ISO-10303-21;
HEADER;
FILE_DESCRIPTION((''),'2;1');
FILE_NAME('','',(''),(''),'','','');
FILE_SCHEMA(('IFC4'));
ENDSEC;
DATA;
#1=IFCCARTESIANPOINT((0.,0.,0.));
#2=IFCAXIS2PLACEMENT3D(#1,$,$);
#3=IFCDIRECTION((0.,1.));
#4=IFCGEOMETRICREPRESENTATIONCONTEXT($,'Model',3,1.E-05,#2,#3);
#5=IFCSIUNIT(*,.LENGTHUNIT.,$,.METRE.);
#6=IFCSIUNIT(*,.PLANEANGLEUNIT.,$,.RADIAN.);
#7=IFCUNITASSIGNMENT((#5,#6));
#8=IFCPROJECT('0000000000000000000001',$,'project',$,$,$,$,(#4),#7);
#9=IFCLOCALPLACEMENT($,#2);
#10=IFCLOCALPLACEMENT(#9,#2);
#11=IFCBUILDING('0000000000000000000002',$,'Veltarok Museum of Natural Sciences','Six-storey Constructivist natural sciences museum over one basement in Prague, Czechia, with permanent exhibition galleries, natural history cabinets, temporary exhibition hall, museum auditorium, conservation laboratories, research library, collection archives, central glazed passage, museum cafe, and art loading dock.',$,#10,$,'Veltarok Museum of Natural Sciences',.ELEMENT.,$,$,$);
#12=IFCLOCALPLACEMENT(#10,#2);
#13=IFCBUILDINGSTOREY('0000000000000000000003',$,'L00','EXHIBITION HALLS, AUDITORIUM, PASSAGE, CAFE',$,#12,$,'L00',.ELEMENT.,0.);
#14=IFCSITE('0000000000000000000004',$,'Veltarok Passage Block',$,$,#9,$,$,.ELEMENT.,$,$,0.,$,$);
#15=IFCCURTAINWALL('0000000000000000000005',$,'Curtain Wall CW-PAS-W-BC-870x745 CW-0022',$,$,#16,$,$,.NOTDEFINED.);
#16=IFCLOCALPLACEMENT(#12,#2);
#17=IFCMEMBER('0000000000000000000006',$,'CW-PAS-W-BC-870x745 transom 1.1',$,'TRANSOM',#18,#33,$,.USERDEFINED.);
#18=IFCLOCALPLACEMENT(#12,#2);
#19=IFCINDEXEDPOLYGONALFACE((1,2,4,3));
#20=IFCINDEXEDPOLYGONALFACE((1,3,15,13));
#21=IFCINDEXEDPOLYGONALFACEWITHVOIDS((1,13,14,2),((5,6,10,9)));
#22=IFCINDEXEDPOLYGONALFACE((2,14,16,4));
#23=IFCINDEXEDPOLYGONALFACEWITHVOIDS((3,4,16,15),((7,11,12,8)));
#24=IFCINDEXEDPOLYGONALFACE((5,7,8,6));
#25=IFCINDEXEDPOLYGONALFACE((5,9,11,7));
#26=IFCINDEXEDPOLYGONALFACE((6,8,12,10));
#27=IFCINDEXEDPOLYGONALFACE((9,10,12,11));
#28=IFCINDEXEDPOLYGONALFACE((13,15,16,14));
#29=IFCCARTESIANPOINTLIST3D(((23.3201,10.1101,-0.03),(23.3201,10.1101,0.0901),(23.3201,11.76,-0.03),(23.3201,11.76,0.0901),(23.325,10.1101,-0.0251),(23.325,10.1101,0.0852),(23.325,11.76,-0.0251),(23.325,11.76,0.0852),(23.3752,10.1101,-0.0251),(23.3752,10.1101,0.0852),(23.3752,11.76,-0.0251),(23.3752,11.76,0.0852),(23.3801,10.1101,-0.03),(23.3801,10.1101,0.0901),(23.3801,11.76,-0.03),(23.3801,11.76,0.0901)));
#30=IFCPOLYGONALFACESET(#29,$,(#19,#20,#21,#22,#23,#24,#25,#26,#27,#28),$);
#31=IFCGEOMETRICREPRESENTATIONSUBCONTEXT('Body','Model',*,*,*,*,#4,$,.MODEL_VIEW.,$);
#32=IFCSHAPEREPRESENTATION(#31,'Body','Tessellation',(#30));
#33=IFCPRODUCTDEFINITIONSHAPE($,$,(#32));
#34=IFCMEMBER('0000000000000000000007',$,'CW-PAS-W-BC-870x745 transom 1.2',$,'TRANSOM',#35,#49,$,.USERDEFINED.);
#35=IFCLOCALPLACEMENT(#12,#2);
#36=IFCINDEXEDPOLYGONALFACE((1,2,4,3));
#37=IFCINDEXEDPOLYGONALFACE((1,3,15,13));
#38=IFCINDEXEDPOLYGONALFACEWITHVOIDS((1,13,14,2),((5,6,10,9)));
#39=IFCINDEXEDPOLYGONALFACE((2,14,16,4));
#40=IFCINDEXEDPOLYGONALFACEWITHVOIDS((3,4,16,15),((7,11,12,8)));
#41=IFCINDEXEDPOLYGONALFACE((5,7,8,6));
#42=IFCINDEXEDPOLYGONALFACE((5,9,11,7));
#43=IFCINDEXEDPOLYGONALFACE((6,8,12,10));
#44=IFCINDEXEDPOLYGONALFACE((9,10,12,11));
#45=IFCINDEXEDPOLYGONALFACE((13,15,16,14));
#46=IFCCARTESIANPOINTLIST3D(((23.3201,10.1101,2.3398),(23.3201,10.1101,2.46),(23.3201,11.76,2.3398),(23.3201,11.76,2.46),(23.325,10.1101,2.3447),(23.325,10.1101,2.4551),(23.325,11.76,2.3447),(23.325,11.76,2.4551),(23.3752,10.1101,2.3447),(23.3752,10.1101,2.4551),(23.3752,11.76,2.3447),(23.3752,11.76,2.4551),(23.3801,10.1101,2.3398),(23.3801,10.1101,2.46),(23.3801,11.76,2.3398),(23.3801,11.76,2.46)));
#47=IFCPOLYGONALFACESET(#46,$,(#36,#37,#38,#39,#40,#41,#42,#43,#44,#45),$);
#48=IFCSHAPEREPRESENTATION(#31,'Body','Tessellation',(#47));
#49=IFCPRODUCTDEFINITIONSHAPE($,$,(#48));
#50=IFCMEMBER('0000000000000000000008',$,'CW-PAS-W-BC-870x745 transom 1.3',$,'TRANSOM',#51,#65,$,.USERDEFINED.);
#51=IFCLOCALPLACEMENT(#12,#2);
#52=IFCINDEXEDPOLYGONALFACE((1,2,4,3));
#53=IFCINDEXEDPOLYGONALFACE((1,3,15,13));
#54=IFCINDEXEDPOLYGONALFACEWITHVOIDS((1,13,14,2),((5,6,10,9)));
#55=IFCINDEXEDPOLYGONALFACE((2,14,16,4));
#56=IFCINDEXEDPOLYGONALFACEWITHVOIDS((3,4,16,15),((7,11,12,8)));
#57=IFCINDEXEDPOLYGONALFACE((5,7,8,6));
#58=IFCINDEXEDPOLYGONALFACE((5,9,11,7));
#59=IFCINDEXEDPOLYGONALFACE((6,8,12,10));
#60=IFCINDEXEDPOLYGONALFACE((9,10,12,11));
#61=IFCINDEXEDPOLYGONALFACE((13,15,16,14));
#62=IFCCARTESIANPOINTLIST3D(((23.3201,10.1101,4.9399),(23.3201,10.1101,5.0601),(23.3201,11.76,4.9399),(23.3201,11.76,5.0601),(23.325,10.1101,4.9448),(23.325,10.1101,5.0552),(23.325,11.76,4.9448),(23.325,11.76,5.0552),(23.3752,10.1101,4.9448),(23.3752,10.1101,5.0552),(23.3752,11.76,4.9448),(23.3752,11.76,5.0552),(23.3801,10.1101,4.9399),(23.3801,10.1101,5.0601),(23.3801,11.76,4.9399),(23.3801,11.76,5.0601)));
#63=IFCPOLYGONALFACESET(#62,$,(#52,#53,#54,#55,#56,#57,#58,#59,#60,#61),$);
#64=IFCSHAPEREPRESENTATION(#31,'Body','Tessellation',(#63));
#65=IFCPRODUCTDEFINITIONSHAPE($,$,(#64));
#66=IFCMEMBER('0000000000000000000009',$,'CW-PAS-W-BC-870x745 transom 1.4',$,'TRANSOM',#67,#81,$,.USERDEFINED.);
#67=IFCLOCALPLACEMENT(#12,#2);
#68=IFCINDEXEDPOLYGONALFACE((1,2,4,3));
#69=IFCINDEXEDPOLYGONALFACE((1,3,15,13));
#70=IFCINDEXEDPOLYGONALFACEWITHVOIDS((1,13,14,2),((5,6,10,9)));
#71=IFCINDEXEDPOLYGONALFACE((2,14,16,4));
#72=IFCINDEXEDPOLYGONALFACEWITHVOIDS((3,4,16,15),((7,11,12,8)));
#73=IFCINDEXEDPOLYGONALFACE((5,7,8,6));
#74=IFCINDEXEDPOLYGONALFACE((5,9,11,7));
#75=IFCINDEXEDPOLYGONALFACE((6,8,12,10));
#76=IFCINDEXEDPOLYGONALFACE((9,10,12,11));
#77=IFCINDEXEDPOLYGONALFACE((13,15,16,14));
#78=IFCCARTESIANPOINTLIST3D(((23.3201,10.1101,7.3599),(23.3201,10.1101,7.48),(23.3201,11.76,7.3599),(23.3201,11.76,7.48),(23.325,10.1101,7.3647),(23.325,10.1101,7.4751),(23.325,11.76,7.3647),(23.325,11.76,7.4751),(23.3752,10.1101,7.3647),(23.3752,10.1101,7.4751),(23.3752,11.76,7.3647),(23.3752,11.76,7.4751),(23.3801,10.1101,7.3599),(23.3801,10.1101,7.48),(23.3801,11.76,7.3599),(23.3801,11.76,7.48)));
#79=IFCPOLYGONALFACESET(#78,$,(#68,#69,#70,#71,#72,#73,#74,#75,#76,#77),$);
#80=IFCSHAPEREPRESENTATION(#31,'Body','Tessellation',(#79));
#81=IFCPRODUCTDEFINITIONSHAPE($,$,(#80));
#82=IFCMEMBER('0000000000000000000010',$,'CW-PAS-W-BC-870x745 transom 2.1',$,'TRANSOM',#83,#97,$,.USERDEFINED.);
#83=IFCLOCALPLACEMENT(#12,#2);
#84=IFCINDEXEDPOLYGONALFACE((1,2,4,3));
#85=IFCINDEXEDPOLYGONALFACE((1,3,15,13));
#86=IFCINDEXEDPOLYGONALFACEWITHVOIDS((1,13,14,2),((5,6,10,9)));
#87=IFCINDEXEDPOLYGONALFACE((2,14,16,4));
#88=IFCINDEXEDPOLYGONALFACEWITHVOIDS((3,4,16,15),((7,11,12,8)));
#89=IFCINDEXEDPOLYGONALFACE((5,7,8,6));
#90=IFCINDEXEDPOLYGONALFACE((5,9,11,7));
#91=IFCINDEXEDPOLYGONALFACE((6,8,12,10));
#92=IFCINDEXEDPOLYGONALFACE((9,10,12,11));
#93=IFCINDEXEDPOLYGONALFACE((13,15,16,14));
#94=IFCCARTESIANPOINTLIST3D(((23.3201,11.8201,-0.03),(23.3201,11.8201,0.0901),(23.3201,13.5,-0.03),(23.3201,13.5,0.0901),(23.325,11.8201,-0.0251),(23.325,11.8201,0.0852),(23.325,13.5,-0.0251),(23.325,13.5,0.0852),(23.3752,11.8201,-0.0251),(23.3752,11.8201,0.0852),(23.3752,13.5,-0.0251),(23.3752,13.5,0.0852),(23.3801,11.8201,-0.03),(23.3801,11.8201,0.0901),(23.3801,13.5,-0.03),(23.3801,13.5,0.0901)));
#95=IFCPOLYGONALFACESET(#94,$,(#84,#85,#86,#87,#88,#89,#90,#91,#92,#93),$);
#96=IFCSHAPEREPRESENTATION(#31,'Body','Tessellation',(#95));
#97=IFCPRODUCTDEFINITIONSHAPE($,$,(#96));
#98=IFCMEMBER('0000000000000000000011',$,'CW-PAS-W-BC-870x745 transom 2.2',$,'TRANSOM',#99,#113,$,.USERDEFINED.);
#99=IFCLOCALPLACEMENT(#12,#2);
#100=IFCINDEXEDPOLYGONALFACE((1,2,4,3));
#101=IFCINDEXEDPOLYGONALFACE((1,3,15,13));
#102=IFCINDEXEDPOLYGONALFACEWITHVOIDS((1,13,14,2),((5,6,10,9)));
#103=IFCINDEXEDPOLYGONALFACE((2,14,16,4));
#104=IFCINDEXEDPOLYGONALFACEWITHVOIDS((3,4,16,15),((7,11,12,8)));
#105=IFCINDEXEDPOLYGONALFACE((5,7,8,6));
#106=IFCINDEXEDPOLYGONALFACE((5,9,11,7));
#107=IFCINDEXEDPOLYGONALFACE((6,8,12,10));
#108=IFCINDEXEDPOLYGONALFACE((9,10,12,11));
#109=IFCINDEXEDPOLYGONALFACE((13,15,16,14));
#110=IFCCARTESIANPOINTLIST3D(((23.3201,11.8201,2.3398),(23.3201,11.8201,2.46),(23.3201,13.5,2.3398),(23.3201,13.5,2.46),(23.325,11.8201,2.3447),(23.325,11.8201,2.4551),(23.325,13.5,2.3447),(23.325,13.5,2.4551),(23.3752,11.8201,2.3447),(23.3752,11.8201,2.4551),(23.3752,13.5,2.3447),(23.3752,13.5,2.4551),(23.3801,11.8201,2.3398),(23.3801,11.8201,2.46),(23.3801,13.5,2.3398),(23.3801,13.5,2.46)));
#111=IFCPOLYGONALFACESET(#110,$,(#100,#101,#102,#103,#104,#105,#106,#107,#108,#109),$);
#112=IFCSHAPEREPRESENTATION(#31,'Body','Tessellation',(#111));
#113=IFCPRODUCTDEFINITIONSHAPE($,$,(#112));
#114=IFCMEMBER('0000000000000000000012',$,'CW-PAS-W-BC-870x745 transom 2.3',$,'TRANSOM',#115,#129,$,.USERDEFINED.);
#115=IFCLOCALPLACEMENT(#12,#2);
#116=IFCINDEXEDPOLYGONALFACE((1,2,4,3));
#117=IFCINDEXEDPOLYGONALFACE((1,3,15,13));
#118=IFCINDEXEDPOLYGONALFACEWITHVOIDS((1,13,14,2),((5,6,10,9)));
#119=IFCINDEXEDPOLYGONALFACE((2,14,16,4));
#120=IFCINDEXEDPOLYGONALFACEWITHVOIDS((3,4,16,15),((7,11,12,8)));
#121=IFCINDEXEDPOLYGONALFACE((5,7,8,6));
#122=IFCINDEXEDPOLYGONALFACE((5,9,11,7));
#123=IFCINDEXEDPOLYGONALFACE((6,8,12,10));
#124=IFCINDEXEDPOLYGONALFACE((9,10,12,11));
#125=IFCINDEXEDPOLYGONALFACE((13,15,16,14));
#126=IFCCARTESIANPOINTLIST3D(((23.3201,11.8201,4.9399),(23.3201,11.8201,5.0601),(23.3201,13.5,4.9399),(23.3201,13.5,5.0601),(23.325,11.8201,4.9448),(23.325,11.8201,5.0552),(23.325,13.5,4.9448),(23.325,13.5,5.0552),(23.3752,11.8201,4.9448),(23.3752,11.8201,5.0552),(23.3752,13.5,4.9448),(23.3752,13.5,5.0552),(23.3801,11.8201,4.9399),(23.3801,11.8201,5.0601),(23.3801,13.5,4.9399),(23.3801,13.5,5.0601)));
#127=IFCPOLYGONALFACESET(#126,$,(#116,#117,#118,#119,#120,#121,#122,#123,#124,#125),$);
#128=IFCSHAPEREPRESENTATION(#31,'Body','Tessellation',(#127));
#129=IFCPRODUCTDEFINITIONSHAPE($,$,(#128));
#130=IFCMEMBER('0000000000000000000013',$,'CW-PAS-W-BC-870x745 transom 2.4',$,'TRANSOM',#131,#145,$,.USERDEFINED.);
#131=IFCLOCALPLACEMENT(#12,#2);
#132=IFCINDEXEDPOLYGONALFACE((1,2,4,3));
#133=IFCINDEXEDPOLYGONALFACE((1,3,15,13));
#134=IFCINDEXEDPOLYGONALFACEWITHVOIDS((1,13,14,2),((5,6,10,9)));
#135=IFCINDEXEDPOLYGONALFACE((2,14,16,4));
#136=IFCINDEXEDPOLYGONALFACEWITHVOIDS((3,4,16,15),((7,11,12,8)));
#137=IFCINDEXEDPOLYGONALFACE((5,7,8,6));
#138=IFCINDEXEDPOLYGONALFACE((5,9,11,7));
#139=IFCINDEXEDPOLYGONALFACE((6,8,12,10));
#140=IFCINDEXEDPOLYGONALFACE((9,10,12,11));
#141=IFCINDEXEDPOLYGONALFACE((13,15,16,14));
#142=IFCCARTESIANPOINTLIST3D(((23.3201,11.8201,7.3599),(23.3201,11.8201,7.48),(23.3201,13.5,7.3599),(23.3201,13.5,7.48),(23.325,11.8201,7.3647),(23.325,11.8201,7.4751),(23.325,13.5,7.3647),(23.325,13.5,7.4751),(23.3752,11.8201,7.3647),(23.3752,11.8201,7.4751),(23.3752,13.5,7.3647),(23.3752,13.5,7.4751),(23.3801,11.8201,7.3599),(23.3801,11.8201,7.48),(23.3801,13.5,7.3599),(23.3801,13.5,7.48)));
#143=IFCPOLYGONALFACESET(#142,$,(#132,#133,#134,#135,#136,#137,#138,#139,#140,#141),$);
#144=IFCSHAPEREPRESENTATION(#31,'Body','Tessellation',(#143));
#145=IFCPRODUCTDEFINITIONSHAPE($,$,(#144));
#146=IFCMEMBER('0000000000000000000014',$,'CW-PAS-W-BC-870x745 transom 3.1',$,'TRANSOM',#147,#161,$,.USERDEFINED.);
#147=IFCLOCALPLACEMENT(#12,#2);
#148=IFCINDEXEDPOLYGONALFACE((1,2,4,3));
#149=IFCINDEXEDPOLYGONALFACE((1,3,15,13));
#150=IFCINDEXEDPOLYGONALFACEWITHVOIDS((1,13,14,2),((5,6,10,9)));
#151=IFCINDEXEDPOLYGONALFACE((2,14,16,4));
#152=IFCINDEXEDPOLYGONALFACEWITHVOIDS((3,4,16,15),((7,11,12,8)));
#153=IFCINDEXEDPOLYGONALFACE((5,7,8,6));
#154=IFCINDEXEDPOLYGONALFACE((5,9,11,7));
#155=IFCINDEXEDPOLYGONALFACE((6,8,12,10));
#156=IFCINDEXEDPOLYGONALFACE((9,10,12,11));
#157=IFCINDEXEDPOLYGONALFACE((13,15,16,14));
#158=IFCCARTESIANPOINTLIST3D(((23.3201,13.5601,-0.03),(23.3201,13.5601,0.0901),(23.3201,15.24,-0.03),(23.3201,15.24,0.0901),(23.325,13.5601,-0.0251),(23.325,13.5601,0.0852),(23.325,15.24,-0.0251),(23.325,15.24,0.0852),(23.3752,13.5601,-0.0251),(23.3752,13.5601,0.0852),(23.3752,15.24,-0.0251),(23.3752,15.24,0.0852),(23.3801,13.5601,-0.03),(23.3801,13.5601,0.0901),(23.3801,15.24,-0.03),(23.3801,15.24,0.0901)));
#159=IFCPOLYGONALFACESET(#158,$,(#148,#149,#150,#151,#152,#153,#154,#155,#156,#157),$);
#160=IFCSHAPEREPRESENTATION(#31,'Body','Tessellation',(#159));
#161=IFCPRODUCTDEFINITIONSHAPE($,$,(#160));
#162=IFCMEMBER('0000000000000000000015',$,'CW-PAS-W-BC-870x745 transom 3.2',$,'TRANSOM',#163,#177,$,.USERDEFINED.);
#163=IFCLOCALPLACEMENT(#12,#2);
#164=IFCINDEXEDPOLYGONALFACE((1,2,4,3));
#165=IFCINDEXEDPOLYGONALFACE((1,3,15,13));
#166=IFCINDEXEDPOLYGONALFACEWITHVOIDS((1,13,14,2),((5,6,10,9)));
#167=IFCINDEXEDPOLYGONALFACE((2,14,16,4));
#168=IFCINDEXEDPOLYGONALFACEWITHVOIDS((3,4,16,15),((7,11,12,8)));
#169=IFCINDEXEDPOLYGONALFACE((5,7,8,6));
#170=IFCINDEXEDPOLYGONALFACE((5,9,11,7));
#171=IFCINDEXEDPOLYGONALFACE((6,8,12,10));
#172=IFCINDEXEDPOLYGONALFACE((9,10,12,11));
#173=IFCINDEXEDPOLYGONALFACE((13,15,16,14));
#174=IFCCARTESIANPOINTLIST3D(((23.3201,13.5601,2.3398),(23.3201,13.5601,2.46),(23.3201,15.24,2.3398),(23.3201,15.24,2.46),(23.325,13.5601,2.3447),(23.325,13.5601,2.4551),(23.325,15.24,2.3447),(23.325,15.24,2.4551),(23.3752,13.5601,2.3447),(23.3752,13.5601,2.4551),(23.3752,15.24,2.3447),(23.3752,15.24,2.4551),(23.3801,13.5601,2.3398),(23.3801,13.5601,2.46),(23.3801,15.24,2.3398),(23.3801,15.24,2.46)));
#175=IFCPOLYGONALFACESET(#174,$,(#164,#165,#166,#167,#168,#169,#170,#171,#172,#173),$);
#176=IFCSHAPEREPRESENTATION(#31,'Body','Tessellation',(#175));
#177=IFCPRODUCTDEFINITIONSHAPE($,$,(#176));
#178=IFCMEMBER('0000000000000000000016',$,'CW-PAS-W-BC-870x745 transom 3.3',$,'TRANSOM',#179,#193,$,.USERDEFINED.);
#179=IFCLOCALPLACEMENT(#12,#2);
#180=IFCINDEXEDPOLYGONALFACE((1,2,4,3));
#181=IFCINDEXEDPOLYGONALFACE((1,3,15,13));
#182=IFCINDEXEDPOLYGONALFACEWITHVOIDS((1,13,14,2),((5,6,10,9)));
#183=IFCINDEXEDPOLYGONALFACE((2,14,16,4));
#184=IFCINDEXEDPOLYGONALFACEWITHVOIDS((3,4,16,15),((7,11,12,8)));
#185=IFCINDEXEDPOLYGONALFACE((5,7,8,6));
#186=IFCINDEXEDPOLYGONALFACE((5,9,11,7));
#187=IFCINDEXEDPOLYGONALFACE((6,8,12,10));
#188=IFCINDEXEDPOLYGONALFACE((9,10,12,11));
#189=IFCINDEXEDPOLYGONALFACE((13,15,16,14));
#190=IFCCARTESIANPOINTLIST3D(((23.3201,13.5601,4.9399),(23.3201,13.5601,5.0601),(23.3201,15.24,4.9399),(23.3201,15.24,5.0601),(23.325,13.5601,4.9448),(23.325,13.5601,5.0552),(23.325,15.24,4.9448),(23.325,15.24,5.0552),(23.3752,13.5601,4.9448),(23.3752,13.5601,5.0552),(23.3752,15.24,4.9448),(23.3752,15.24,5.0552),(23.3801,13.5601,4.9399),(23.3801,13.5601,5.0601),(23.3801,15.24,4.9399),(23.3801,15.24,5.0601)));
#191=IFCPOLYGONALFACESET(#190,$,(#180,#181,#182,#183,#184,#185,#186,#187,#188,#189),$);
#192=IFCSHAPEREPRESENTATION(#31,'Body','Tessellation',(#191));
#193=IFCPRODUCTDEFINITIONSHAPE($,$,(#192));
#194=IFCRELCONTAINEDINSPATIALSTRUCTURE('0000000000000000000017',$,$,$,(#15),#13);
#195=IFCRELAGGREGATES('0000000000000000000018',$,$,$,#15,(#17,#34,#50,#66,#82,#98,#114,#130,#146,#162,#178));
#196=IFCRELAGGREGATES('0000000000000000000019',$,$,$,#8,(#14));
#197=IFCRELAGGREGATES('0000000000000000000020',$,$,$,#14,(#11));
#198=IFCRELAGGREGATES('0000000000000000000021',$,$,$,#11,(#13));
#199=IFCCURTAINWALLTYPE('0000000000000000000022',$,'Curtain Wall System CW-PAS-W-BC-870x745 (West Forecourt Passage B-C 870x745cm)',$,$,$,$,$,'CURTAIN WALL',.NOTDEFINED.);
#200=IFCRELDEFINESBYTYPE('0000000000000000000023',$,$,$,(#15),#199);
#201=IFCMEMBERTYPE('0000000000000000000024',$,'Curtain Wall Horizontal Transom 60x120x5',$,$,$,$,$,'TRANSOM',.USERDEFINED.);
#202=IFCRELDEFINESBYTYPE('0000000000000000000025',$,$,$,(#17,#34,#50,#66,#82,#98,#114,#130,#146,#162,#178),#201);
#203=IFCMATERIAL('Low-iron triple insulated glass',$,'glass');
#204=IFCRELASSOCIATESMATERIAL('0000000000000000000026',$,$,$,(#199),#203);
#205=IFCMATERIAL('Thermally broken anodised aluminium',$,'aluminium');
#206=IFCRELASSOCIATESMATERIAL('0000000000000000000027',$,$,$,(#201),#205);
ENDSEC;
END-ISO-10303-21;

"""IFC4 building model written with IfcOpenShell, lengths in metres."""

from ifc_helpers import new_model, si_unit, direction, frame, origin, origin_2d, place, context, subcontext, project, spatial, hollow_rectangle, extrude, material, material_profile, profile_set, type_object, element, aggregate, save


model = new_model("IFC4")

# Units and contexts
model_context = context("Model", 3, precision=1e-05, world=origin(), true_north=direction((0.0, 1.0)))
body_context = subcontext(model_context, "Body", "Model", "MODEL_VIEW")
ifc_project = project(units=[si_unit("LENGTHUNIT", "METRE"), si_unit("PLANEANGLEUNIT", "RADIAN")], contexts=[model_context])

# Site, building, storey
site_placement = place(None, origin())
site = spatial("IfcSite", under=ifc_project, at=site_placement, Name="Veltarok Passage Block", CompositionType="ELEMENT", RefElevation=0.0)
building_placement = place(site_placement, origin())
building = spatial("IfcBuilding", under=site, at=building_placement, Name="Veltarok Museum of Natural Sciences", Description="Six-storey Constructivist natural sciences museum over one basement in Prague, Czechia, with permanent exhibition galleries, natural history cabinets, temporary exhibition hall, museum auditorium, conservation laboratories, research library, collection archives, central glazed passage, museum cafe, and art loading dock.", LongName="Veltarok Museum of Natural Sciences", CompositionType="ELEMENT")
storey_placement = place(building_placement, origin())
storey = spatial("IfcBuildingStorey", under=building, at=storey_placement, Name="L00", Description="EXHIBITION HALLS, AUDITORIUM, PASSAGE, CAFE", LongName="L00", CompositionType="ELEMENT", Elevation=0.0)

# Curtain wall, members
ifc_material_1 = material(Name="Low-iron triple insulated glass", Category="glass")
curtain_wall_type = type_object("IfcCurtainWallType", Name="Curtain Wall System CW-PAS-W-BC-870x745 (West Forecourt Passage B-C 870x745cm)", ElementType="CURTAIN WALL", PredefinedType="NOTDEFINED", material=ifc_material_1)
curtain_wall_placement = place(storey_placement, origin())
curtain_wall = element("IfcCurtainWall", 1, at=curtain_wall_placement, inside=storey, type_object=curtain_wall_type, Name="Curtain Wall CW-PAS-W-BC-870x745 CW-0022", PredefinedType="NOTDEFINED")
ifc_material_2 = material(Name="Thermally broken anodised aluminium", Category="aluminium")
ifc_material_profile_1 = material_profile(ifc_material_2, hollow_rectangle(XDim=0.0601, YDim=0.1201, WallThickness=0.0049, at=origin_2d()), Name="CW TRANSOM 60x120x5")
ifc_profile_set_1 = profile_set([ifc_material_profile_1], Name="Thermally broken anodised aluminium")
member_type_1 = type_object("IfcMemberType", Name="Curtain Wall Horizontal Transom 60x120x5", ElementType="TRANSOM", PredefinedType="USERDEFINED", material=ifc_profile_set_1)
member_1_placement = place(storey_placement, frame((23.3501, 10.1101, 0.03), z_axis=(0.0, 1.0, 0.0), x_axis=(-1.0, 0.0, 0.0)))
member_1 = element("IfcMember", 2, at=member_1_placement, type_object=member_type_1, Name="CW-PAS-W-BC-870x745 transom 1.1", ObjectType="TRANSOM", PredefinedType="USERDEFINED", context=body_context, shape_type="SweptSolid", body=[
    extrude(hollow_rectangle(XDim=0.0601, YDim=0.1201, WallThickness=0.0049, at=origin_2d()), origin(), (0.0, 0.0, 1.0), 1.6499),
])
member_2_placement = place(storey_placement, frame((23.3501, 10.1101, 2.3999), z_axis=(0.0, 1.0, 0.0), x_axis=(-1.0, 0.0, 0.0)))
member_2 = element("IfcMember", 3, at=member_2_placement, type_object=member_type_1, Name="CW-PAS-W-BC-870x745 transom 1.2", ObjectType="TRANSOM", PredefinedType="USERDEFINED", context=body_context, shape_type="SweptSolid", body=[
    extrude(hollow_rectangle(XDim=0.0601, YDim=0.1201, WallThickness=0.0049, at=origin_2d()), origin(), (0.0, 0.0, 1.0), 1.6499),
])
member_3_placement = place(storey_placement, frame((23.3501, 10.1101, 5.0), z_axis=(0.0, 1.0, 0.0), x_axis=(-1.0, 0.0, 0.0)))
member_3 = element("IfcMember", 4, at=member_3_placement, type_object=member_type_1, Name="CW-PAS-W-BC-870x745 transom 1.3", ObjectType="TRANSOM", PredefinedType="USERDEFINED", context=body_context, shape_type="SweptSolid", body=[
    extrude(hollow_rectangle(XDim=0.0601, YDim=0.1201, WallThickness=0.0049, at=origin_2d()), origin(), (0.0, 0.0, 1.0), 1.6499),
])
member_4_placement = place(storey_placement, frame((23.3501, 10.1101, 7.4199), z_axis=(0.0, 1.0, 0.0), x_axis=(-1.0, 0.0, 0.0)))
member_4 = element("IfcMember", 5, at=member_4_placement, type_object=member_type_1, Name="CW-PAS-W-BC-870x745 transom 1.4", ObjectType="TRANSOM", PredefinedType="USERDEFINED", context=body_context, shape_type="SweptSolid", body=[
    extrude(hollow_rectangle(XDim=0.0601, YDim=0.1201, WallThickness=0.0049, at=origin_2d()), origin(), (0.0, 0.0, 1.0), 1.6499),
])
member_5_placement = place(storey_placement, frame((23.3501, 11.8201, 0.03), z_axis=(0.0, 1.0, 0.0), x_axis=(-1.0, 0.0, 0.0)))
member_5 = element("IfcMember", 6, at=member_5_placement, type_object=member_type_1, Name="CW-PAS-W-BC-870x745 transom 2.1", ObjectType="TRANSOM", PredefinedType="USERDEFINED", context=body_context, shape_type="SweptSolid", body=[
    extrude(hollow_rectangle(XDim=0.0601, YDim=0.1201, WallThickness=0.0049, at=origin_2d()), origin(), (0.0, 0.0, 1.0), 1.6799),
])
member_6_placement = place(storey_placement, frame((23.3501, 11.8201, 2.3999), z_axis=(0.0, 1.0, 0.0), x_axis=(-1.0, 0.0, 0.0)))
member_6 = element("IfcMember", 7, at=member_6_placement, type_object=member_type_1, Name="CW-PAS-W-BC-870x745 transom 2.2", ObjectType="TRANSOM", PredefinedType="USERDEFINED", context=body_context, shape_type="SweptSolid", body=[
    extrude(hollow_rectangle(XDim=0.0601, YDim=0.1201, WallThickness=0.0049, at=origin_2d()), origin(), (0.0, 0.0, 1.0), 1.6799),
])
member_7_placement = place(storey_placement, frame((23.3501, 11.8201, 5.0), z_axis=(0.0, 1.0, 0.0), x_axis=(-1.0, 0.0, 0.0)))
member_7 = element("IfcMember", 8, at=member_7_placement, type_object=member_type_1, Name="CW-PAS-W-BC-870x745 transom 2.3", ObjectType="TRANSOM", PredefinedType="USERDEFINED", context=body_context, shape_type="SweptSolid", body=[
    extrude(hollow_rectangle(XDim=0.0601, YDim=0.1201, WallThickness=0.0049, at=origin_2d()), origin(), (0.0, 0.0, 1.0), 1.6799),
])
member_8_placement = place(storey_placement, frame((23.3501, 11.8201, 7.4199), z_axis=(0.0, 1.0, 0.0), x_axis=(-1.0, 0.0, 0.0)))
member_8 = element("IfcMember", 9, at=member_8_placement, type_object=member_type_1, Name="CW-PAS-W-BC-870x745 transom 2.4", ObjectType="TRANSOM", PredefinedType="USERDEFINED", context=body_context, shape_type="SweptSolid", body=[
    extrude(hollow_rectangle(XDim=0.0601, YDim=0.1201, WallThickness=0.0049, at=origin_2d()), origin(), (0.0, 0.0, 1.0), 1.6799),
])
member_9_placement = place(storey_placement, frame((23.3501, 13.5601, 0.03), z_axis=(0.0, 1.0, 0.0), x_axis=(-1.0, 0.0, 0.0)))
member_9 = element("IfcMember", 10, at=member_9_placement, type_object=member_type_1, Name="CW-PAS-W-BC-870x745 transom 3.1", ObjectType="TRANSOM", PredefinedType="USERDEFINED", context=body_context, shape_type="SweptSolid", body=[
    extrude(hollow_rectangle(XDim=0.0601, YDim=0.1201, WallThickness=0.0049, at=origin_2d()), origin(), (0.0, 0.0, 1.0), 1.6799),
])
member_10_placement = place(storey_placement, frame((23.3501, 13.5601, 2.3999), z_axis=(0.0, 1.0, 0.0), x_axis=(-1.0, 0.0, 0.0)))
member_10 = element("IfcMember", 11, at=member_10_placement, type_object=member_type_1, Name="CW-PAS-W-BC-870x745 transom 3.2", ObjectType="TRANSOM", PredefinedType="USERDEFINED", context=body_context, shape_type="SweptSolid", body=[
    extrude(hollow_rectangle(XDim=0.0601, YDim=0.1201, WallThickness=0.0049, at=origin_2d()), origin(), (0.0, 0.0, 1.0), 1.6799),
])
member_11_placement = place(storey_placement, frame((23.3501, 13.5601, 5.0), z_axis=(0.0, 1.0, 0.0), x_axis=(-1.0, 0.0, 0.0)))
member_11 = element("IfcMember", 12, at=member_11_placement, type_object=member_type_1, Name="CW-PAS-W-BC-870x745 transom 3.3", ObjectType="TRANSOM", PredefinedType="USERDEFINED", context=body_context, shape_type="SweptSolid", body=[
    extrude(hollow_rectangle(XDim=0.0601, YDim=0.1201, WallThickness=0.0049, at=origin_2d()), origin(), (0.0, 0.0, 1.0), 1.6799),
])
aggregate(curtain_wall, [member_1, member_2, member_3, member_4, member_5, member_6, member_7, member_8, member_9, member_10, member_11])

save(model, "model.ifc")
